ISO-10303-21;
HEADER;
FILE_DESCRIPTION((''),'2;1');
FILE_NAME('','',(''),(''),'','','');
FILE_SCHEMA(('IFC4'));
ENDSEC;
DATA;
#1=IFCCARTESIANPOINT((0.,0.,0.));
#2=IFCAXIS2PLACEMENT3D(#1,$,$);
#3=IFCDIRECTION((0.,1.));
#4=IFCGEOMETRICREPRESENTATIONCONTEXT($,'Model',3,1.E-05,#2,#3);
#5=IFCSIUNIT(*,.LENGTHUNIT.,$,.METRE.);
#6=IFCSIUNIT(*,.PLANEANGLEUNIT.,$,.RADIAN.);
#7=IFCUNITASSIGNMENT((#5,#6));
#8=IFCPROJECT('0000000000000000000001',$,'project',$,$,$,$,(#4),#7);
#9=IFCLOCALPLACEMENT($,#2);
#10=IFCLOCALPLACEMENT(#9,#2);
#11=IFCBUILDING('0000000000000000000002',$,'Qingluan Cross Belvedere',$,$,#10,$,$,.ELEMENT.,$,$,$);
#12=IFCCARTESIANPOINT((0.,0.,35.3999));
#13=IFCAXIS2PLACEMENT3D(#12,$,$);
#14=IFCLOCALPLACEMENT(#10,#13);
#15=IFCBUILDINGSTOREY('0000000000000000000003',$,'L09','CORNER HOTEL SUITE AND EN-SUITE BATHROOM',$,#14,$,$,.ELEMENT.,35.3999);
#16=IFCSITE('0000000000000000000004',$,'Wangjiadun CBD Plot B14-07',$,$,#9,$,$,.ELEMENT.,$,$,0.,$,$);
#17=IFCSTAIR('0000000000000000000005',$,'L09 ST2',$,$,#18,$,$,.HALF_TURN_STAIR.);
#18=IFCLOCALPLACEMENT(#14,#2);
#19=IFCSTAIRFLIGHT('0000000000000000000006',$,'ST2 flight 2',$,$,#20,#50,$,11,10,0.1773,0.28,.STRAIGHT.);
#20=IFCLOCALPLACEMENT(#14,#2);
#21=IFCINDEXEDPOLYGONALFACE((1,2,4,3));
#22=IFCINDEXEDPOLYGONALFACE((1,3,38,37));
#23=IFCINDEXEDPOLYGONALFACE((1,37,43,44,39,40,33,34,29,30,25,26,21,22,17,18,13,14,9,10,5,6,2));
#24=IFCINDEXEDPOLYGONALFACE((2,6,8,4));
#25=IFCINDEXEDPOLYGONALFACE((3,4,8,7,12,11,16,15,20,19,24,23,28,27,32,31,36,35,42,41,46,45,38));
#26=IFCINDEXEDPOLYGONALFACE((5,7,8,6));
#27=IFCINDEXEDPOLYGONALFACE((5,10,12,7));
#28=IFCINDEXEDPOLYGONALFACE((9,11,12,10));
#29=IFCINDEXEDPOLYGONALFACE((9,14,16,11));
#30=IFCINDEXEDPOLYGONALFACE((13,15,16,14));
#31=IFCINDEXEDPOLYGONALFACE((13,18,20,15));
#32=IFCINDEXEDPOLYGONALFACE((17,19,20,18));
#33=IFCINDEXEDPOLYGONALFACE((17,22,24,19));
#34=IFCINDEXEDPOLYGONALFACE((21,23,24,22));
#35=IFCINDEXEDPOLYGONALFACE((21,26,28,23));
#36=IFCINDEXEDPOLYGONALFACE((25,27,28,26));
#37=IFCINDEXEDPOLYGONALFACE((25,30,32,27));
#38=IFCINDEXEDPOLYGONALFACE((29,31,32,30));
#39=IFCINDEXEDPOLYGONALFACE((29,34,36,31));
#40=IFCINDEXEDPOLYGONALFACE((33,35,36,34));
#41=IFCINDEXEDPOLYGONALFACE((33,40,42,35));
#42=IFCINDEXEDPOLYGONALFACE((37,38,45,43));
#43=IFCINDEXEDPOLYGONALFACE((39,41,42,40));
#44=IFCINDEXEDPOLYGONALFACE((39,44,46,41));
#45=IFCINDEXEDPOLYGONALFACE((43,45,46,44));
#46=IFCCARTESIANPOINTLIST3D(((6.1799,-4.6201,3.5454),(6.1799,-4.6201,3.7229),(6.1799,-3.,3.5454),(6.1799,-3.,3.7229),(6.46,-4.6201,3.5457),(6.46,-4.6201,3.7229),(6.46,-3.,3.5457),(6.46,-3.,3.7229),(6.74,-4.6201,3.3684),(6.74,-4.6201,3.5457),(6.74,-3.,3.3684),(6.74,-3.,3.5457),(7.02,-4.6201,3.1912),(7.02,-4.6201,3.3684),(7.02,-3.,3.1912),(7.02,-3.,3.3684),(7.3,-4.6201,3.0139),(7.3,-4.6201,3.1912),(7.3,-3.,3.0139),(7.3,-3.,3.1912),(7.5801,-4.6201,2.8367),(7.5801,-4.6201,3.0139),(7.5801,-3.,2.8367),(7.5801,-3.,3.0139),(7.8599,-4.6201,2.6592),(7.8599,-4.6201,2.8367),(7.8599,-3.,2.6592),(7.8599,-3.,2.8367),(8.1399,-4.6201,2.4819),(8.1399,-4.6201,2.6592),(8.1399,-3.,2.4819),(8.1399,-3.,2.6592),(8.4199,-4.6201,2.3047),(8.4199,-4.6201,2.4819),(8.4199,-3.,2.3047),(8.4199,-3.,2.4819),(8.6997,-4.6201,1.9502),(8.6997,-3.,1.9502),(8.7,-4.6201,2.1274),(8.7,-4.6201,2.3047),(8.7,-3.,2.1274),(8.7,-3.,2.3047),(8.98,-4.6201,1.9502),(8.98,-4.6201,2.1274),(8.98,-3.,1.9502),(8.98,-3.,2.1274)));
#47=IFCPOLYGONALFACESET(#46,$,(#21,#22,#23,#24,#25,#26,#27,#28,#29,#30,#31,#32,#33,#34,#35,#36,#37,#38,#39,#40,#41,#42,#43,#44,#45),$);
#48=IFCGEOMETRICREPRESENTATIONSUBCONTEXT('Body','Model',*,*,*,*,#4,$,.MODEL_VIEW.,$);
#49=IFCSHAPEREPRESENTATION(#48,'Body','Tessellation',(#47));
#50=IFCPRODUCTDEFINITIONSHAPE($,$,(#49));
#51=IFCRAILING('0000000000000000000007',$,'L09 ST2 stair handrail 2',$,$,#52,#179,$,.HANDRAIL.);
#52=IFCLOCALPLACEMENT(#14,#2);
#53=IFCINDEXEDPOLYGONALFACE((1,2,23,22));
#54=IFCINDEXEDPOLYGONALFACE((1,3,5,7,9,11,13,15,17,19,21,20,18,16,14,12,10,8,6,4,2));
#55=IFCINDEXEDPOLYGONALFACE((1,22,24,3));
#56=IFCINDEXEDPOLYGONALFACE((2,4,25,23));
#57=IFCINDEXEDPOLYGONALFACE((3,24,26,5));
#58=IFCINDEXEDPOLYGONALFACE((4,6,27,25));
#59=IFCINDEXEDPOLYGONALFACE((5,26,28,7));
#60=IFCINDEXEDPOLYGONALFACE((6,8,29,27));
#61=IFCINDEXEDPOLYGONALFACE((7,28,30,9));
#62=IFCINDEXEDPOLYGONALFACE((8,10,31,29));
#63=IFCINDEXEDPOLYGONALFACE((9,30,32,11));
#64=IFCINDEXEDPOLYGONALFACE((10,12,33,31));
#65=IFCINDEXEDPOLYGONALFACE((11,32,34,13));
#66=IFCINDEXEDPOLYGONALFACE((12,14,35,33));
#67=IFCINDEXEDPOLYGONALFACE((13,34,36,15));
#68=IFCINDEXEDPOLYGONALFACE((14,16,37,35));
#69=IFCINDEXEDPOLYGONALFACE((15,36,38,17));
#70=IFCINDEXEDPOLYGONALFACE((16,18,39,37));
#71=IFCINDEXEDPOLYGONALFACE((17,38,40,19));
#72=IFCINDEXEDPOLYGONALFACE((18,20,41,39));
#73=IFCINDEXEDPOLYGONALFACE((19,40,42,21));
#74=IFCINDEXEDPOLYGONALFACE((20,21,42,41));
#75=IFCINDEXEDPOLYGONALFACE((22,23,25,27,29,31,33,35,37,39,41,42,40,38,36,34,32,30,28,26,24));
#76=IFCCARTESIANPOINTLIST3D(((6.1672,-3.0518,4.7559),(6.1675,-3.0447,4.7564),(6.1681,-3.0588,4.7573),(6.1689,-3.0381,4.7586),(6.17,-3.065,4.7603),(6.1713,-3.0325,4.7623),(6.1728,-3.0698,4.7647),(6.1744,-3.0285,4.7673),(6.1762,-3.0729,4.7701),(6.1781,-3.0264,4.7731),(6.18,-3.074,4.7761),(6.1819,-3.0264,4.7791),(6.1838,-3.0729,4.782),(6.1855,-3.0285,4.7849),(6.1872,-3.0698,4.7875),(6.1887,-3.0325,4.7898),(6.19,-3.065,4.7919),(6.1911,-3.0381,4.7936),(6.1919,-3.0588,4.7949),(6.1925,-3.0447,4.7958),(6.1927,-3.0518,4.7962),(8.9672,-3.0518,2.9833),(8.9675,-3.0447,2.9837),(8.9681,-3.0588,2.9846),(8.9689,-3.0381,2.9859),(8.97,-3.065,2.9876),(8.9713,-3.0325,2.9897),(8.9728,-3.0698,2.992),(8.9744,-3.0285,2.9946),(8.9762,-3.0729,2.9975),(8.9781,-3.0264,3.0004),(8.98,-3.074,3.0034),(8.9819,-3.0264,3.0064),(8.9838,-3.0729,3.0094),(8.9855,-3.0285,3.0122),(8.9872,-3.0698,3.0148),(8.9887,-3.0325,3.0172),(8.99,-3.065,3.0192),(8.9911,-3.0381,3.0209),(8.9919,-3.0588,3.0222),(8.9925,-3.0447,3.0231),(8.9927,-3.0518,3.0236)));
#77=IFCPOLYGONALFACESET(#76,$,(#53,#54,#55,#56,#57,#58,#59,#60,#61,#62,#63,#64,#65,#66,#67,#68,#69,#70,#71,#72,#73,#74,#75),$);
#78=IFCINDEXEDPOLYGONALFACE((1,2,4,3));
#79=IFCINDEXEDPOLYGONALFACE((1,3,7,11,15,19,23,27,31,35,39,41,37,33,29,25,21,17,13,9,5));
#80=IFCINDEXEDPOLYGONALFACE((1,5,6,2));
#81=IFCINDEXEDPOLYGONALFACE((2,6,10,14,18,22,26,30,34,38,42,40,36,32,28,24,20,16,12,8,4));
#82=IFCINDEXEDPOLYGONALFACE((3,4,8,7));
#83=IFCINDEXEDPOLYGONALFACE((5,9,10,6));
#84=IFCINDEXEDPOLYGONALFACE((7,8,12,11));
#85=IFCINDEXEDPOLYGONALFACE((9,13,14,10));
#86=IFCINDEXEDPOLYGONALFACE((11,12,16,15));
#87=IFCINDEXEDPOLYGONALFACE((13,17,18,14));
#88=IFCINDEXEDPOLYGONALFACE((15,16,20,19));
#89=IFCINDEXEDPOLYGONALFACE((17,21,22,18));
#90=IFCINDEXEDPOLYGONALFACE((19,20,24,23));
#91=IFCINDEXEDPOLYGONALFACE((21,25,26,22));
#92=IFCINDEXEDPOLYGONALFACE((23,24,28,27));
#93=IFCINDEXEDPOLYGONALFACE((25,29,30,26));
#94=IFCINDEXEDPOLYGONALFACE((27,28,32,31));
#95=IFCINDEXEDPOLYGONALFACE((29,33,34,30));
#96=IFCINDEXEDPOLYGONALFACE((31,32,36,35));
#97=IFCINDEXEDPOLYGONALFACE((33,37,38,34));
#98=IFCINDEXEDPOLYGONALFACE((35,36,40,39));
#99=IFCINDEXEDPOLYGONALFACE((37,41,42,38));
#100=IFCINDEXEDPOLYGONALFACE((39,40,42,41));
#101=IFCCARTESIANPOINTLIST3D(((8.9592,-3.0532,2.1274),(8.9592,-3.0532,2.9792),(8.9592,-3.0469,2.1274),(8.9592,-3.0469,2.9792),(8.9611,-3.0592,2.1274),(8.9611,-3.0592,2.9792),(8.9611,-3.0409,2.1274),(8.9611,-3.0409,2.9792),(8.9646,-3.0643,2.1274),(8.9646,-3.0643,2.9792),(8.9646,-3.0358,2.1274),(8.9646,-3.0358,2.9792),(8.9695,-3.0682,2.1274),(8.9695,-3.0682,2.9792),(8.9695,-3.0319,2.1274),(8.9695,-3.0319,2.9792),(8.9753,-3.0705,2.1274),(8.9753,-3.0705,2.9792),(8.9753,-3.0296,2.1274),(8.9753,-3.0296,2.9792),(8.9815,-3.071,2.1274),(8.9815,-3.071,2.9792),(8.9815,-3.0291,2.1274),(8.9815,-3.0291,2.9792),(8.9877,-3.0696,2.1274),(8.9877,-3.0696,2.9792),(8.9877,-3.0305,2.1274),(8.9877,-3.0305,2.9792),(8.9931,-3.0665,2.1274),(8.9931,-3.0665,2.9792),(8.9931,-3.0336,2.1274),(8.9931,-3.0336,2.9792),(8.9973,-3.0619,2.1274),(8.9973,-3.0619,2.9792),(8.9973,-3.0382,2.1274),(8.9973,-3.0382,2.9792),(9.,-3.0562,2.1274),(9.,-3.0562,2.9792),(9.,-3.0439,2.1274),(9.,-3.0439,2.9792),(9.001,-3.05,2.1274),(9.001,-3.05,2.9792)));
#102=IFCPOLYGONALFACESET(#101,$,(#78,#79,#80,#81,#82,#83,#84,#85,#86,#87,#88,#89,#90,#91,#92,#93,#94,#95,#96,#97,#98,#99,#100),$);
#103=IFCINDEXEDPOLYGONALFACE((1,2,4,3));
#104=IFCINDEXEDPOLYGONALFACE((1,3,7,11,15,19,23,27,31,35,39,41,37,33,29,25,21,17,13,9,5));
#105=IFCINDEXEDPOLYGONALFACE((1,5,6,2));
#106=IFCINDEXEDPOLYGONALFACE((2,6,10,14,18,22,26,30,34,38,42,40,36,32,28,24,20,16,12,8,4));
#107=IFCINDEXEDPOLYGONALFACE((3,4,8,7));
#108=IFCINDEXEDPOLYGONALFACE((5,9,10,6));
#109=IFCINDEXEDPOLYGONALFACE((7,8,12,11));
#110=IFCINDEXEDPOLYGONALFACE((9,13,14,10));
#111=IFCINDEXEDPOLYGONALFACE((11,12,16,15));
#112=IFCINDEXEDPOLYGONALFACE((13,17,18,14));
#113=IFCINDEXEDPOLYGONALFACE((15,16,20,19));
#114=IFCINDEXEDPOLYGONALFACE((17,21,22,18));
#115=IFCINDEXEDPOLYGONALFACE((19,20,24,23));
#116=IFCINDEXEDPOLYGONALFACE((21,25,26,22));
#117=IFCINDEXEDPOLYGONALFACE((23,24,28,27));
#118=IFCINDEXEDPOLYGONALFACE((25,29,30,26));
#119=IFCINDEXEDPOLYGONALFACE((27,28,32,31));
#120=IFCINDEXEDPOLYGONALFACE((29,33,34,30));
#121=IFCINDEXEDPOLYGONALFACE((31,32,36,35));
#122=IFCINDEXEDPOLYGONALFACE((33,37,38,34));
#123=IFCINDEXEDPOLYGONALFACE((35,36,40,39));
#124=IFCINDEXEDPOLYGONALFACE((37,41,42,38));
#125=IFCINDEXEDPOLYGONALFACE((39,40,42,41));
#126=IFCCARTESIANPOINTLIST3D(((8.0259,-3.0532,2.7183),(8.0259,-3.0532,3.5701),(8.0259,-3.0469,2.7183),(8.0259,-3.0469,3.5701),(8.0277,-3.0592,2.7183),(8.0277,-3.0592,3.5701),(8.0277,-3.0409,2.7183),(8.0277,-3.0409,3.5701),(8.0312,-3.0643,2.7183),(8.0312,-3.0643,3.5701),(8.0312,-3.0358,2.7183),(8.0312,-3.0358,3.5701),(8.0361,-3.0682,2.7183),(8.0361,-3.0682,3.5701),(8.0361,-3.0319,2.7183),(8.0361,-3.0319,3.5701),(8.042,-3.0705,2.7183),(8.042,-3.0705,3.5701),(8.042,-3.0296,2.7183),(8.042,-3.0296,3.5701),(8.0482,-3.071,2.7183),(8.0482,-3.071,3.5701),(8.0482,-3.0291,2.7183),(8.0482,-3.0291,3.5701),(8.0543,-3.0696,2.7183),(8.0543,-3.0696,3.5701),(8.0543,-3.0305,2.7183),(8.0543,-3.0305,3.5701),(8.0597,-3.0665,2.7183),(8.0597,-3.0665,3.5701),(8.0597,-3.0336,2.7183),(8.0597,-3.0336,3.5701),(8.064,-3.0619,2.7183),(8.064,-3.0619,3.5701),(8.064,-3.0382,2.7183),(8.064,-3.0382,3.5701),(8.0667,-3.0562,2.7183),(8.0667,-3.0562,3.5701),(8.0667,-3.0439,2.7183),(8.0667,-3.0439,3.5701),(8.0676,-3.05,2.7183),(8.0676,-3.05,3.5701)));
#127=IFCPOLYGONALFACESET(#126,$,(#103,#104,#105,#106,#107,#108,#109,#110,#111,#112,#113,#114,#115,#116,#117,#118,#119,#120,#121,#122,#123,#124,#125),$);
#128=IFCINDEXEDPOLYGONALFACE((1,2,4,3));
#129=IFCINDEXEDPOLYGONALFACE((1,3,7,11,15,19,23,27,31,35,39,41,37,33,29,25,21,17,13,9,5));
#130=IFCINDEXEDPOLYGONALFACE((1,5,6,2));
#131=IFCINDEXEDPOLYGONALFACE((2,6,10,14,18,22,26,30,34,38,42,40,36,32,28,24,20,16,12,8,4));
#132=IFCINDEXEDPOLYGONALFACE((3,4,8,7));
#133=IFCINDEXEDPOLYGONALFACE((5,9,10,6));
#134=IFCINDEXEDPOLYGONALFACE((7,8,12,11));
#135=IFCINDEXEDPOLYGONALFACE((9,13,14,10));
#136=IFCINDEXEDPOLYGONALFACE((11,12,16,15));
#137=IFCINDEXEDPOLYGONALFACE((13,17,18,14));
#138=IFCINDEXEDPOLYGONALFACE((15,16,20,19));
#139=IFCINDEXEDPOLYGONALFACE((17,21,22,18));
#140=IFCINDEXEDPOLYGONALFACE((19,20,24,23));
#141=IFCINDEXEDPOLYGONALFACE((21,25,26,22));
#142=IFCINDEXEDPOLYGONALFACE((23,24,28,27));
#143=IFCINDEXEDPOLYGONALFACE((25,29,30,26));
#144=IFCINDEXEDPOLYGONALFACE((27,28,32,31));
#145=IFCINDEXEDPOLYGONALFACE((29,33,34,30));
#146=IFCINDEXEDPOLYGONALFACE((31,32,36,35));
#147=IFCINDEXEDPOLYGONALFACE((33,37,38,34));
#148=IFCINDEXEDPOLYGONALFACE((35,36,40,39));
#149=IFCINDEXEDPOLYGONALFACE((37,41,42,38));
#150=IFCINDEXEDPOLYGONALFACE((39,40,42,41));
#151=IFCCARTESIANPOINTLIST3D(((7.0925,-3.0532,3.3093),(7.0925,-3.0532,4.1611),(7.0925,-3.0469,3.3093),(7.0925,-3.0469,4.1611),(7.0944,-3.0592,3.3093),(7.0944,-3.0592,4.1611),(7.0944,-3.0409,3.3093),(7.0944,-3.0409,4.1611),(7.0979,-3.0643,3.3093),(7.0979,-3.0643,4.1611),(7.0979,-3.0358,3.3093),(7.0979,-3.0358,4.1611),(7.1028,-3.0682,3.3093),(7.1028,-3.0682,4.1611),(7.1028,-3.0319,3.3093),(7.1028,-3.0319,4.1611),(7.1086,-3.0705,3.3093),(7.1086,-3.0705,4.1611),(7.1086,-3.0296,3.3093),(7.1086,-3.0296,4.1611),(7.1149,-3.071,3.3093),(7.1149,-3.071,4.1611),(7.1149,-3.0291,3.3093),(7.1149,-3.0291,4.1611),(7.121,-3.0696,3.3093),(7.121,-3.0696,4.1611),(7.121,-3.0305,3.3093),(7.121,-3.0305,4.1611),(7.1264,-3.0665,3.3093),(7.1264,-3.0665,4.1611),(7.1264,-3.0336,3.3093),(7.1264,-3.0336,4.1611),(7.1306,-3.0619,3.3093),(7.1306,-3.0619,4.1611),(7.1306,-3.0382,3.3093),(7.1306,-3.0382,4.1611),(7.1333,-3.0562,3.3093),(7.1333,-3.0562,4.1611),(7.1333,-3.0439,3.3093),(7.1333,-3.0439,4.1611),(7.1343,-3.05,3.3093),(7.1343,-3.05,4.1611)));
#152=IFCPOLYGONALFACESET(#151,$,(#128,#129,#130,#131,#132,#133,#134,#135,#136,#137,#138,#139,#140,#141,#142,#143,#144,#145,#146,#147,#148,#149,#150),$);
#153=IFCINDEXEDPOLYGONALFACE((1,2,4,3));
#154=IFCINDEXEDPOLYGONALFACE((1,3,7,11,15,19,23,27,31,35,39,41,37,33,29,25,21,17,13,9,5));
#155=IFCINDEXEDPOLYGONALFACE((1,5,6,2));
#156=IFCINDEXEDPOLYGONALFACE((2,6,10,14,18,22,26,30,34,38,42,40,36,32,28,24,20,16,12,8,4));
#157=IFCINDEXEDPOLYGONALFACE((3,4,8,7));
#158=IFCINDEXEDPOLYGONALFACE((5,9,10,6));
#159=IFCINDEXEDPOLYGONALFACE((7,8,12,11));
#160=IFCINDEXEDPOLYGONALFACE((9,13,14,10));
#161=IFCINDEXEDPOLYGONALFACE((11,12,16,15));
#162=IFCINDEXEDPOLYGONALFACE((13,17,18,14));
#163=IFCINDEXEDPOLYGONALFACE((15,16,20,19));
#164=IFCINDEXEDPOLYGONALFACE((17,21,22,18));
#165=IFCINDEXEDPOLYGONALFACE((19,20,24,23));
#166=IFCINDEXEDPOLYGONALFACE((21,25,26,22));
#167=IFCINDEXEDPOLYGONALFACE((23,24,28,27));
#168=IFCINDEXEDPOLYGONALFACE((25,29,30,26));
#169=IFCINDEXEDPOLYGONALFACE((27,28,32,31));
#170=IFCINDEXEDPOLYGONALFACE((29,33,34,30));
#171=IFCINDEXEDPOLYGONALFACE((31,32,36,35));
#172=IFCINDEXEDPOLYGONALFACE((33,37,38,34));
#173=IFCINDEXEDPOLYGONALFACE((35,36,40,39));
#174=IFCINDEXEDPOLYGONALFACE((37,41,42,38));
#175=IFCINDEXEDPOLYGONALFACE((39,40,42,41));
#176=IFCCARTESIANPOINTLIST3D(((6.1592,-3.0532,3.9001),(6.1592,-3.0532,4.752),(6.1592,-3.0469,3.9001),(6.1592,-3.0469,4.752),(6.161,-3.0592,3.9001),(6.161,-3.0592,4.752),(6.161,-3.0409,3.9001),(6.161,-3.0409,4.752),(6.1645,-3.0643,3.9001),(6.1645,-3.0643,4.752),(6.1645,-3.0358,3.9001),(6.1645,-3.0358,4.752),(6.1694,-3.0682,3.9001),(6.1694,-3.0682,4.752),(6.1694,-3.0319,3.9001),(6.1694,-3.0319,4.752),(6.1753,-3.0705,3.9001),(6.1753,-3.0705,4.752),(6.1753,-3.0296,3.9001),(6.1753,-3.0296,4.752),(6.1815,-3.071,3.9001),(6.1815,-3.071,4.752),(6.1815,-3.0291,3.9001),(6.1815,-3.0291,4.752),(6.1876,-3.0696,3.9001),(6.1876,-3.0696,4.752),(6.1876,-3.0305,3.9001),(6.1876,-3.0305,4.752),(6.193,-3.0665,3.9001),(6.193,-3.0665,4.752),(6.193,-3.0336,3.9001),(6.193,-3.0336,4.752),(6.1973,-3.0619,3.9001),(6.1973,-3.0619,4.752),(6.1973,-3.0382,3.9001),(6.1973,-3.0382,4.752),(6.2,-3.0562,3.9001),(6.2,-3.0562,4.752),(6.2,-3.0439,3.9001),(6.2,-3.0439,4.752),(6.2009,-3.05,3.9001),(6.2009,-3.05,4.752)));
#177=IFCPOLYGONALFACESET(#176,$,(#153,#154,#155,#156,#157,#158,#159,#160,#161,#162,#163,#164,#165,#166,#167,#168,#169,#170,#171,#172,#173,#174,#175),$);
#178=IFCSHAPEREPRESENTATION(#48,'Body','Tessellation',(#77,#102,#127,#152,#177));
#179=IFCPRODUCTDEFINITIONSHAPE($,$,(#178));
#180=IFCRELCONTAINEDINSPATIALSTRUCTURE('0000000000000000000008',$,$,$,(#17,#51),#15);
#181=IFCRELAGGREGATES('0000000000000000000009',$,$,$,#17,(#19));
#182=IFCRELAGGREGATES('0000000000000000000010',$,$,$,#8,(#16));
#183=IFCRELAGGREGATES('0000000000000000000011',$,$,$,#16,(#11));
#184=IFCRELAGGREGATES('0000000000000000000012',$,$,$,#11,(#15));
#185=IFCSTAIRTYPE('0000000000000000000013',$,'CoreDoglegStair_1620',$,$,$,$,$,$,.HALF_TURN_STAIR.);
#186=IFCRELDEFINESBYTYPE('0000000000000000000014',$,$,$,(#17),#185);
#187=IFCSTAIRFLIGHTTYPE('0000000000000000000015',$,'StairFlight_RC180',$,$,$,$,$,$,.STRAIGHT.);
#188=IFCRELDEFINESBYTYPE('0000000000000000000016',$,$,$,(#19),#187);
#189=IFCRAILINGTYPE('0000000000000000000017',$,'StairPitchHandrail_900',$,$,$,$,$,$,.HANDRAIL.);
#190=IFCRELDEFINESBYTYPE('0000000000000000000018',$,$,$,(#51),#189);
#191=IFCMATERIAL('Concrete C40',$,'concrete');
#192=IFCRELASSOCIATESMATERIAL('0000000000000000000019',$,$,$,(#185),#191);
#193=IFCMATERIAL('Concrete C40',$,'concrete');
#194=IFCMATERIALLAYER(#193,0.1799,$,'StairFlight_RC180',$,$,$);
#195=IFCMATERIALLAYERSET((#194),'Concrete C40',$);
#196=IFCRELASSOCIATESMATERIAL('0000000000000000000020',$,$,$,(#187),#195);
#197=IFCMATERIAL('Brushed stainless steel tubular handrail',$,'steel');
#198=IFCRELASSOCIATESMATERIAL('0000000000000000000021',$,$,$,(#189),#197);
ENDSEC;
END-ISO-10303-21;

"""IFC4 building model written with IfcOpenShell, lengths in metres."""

from ifc_helpers import new_model, si_unit, direction, frame, origin, origin_2d, place, context, subcontext, project, spatial, polyline, circle, outline, extrude, material, layer, layer_set, type_object, element, aggregate, save


model = new_model("IFC4")

# Units and contexts
model_context = context("Model", 3, precision=1e-05, world=origin(), true_north=direction((0.0, 1.0)))
body_context = subcontext(model_context, "Body", "Model", "MODEL_VIEW")
ifc_project = project(units=[si_unit("LENGTHUNIT", "METRE"), si_unit("PLANEANGLEUNIT", "RADIAN")], contexts=[model_context])

# Site, building, storey
site_placement = place(None, origin())
site = spatial("IfcSite", under=ifc_project, at=site_placement, Name="Wangjiadun CBD Plot B14-07", CompositionType="ELEMENT", RefElevation=0.0)
building_placement = place(site_placement, origin())
building = spatial("IfcBuilding", under=site, at=building_placement, Name="Qingluan Cross Belvedere", CompositionType="ELEMENT")
storey_placement = place(building_placement, frame((0.0, 0.0, 35.3999)))
storey = spatial("IfcBuildingStorey", under=building, at=storey_placement, Name="L09", Description="CORNER HOTEL SUITE AND EN-SUITE BATHROOM", CompositionType="ELEMENT", Elevation=35.3999)

# Stair, stair flight
ifc_material_1 = material(Name="Concrete C40", Category="concrete")
stair_type = type_object("IfcStairType", Name="CoreDoglegStair_1620", PredefinedType="HALF_TURN_STAIR", material=ifc_material_1)
stair_placement = place(storey_placement, origin())
stair = element("IfcStair", 1, at=stair_placement, inside=storey, type_object=stair_type, Name="L09 ST2", PredefinedType="HALF_TURN_STAIR")
ifc_material_2 = material(Name="Concrete C40", Category="concrete")
ifc_layer_1 = layer(ifc_material_2, 0.1799, Name="StairFlight_RC180")
ifc_layer_set_1 = layer_set([ifc_layer_1], Name="Concrete C40")
stair_flight_type = type_object("IfcStairFlightType", Name="StairFlight_RC180", PredefinedType="STRAIGHT", material=ifc_layer_set_1)
stair_flight_placement = place(storey_placement, frame((8.98, -3.8101, 1.9502), z_axis=(0.0, 0.0, 1.0), x_axis=(-1.0, 0.0, 0.0)))
stair_flight = element("IfcStairFlight", 2, at=stair_flight_placement, type_object=stair_flight_type, Name="ST2 flight 2", NumberOfRisers=11, NumberOfTreads=10, PredefinedType="STRAIGHT", RiserHeight=0.1773, TreadLength=0.28, context=body_context, shape_type="SweptSolid", body=[
    extrude(outline(polyline([(0.0, 0.0), (0.0, 0.1772), (0.28, 0.1772), (0.28, 0.3545), (0.5601, 0.3545), (0.5601, 0.5317), (0.8401, 0.5317), (0.8401, 0.709), (1.1201, 0.709), (1.1201, 0.8865), (1.3999, 0.8865), (1.3999, 1.0637), (1.6799, 1.0637), (1.6799, 1.241), (1.96, 1.241), (1.96, 1.4182), (2.24, 1.4182), (2.24, 1.5955), (2.52, 1.5955), (2.52, 1.7727), (2.8, 1.7727), (2.8, 1.95), (2.8, 1.5952), (0.2803, 0.0), (0.0, 0.0)])), frame((0.0, 0.8101, 0.0), z_axis=(0.0, -1.0, 0.0), x_axis=(1.0, 0.0, 0.0)), (0.0, 0.0, 1.0), 1.6201),
])
aggregate(stair, [stair_flight])

# Railing
ifc_material_3 = material(Name="Brushed stainless steel tubular handrail", Category="steel")
railing_type_1 = type_object("IfcRailingType", Name="StairPitchHandrail_900", PredefinedType="HANDRAIL", material=ifc_material_3)
for number, where, name in (
    (3, (8.98, -3.05, 2.1274), "L09 ST2 stair handrail 2"),
):
    element("IfcRailing", number, at=place(storey_placement, frame(where)), inside=storey, type_object=railing_type_1, Name=name, PredefinedType="HANDRAIL", context=body_context, shape_type="SweptSolid", body=[
        extrude(circle(Radius=0.0239, at=origin_2d()), frame((0.0, 0.0, 0.876), z_axis=(-0.844909, 0.0, 0.53491), x_axis=(0.0, -1.0, 0.0)), (0.0, 0.0, 1.0), 3.314),
        extrude(circle(Radius=0.021, at=origin_2d()), origin(), (0.0, 0.0, 1.0), 0.8518),
        extrude(circle(Radius=0.021, at=origin_2d()), frame((-0.9333, 0.0, 0.5908)), (0.0, 0.0, 1.0), 0.8518),
        extrude(circle(Radius=0.021, at=origin_2d()), frame((-1.8667, 0.0, 1.1819)), (0.0, 0.0, 1.0), 0.8518),
        extrude(circle(Radius=0.021, at=origin_2d()), frame((-2.8, 0.0, 1.7727)), (0.0, 0.0, 1.0), 0.8518),
    ])

save(model, "model.ifc")
